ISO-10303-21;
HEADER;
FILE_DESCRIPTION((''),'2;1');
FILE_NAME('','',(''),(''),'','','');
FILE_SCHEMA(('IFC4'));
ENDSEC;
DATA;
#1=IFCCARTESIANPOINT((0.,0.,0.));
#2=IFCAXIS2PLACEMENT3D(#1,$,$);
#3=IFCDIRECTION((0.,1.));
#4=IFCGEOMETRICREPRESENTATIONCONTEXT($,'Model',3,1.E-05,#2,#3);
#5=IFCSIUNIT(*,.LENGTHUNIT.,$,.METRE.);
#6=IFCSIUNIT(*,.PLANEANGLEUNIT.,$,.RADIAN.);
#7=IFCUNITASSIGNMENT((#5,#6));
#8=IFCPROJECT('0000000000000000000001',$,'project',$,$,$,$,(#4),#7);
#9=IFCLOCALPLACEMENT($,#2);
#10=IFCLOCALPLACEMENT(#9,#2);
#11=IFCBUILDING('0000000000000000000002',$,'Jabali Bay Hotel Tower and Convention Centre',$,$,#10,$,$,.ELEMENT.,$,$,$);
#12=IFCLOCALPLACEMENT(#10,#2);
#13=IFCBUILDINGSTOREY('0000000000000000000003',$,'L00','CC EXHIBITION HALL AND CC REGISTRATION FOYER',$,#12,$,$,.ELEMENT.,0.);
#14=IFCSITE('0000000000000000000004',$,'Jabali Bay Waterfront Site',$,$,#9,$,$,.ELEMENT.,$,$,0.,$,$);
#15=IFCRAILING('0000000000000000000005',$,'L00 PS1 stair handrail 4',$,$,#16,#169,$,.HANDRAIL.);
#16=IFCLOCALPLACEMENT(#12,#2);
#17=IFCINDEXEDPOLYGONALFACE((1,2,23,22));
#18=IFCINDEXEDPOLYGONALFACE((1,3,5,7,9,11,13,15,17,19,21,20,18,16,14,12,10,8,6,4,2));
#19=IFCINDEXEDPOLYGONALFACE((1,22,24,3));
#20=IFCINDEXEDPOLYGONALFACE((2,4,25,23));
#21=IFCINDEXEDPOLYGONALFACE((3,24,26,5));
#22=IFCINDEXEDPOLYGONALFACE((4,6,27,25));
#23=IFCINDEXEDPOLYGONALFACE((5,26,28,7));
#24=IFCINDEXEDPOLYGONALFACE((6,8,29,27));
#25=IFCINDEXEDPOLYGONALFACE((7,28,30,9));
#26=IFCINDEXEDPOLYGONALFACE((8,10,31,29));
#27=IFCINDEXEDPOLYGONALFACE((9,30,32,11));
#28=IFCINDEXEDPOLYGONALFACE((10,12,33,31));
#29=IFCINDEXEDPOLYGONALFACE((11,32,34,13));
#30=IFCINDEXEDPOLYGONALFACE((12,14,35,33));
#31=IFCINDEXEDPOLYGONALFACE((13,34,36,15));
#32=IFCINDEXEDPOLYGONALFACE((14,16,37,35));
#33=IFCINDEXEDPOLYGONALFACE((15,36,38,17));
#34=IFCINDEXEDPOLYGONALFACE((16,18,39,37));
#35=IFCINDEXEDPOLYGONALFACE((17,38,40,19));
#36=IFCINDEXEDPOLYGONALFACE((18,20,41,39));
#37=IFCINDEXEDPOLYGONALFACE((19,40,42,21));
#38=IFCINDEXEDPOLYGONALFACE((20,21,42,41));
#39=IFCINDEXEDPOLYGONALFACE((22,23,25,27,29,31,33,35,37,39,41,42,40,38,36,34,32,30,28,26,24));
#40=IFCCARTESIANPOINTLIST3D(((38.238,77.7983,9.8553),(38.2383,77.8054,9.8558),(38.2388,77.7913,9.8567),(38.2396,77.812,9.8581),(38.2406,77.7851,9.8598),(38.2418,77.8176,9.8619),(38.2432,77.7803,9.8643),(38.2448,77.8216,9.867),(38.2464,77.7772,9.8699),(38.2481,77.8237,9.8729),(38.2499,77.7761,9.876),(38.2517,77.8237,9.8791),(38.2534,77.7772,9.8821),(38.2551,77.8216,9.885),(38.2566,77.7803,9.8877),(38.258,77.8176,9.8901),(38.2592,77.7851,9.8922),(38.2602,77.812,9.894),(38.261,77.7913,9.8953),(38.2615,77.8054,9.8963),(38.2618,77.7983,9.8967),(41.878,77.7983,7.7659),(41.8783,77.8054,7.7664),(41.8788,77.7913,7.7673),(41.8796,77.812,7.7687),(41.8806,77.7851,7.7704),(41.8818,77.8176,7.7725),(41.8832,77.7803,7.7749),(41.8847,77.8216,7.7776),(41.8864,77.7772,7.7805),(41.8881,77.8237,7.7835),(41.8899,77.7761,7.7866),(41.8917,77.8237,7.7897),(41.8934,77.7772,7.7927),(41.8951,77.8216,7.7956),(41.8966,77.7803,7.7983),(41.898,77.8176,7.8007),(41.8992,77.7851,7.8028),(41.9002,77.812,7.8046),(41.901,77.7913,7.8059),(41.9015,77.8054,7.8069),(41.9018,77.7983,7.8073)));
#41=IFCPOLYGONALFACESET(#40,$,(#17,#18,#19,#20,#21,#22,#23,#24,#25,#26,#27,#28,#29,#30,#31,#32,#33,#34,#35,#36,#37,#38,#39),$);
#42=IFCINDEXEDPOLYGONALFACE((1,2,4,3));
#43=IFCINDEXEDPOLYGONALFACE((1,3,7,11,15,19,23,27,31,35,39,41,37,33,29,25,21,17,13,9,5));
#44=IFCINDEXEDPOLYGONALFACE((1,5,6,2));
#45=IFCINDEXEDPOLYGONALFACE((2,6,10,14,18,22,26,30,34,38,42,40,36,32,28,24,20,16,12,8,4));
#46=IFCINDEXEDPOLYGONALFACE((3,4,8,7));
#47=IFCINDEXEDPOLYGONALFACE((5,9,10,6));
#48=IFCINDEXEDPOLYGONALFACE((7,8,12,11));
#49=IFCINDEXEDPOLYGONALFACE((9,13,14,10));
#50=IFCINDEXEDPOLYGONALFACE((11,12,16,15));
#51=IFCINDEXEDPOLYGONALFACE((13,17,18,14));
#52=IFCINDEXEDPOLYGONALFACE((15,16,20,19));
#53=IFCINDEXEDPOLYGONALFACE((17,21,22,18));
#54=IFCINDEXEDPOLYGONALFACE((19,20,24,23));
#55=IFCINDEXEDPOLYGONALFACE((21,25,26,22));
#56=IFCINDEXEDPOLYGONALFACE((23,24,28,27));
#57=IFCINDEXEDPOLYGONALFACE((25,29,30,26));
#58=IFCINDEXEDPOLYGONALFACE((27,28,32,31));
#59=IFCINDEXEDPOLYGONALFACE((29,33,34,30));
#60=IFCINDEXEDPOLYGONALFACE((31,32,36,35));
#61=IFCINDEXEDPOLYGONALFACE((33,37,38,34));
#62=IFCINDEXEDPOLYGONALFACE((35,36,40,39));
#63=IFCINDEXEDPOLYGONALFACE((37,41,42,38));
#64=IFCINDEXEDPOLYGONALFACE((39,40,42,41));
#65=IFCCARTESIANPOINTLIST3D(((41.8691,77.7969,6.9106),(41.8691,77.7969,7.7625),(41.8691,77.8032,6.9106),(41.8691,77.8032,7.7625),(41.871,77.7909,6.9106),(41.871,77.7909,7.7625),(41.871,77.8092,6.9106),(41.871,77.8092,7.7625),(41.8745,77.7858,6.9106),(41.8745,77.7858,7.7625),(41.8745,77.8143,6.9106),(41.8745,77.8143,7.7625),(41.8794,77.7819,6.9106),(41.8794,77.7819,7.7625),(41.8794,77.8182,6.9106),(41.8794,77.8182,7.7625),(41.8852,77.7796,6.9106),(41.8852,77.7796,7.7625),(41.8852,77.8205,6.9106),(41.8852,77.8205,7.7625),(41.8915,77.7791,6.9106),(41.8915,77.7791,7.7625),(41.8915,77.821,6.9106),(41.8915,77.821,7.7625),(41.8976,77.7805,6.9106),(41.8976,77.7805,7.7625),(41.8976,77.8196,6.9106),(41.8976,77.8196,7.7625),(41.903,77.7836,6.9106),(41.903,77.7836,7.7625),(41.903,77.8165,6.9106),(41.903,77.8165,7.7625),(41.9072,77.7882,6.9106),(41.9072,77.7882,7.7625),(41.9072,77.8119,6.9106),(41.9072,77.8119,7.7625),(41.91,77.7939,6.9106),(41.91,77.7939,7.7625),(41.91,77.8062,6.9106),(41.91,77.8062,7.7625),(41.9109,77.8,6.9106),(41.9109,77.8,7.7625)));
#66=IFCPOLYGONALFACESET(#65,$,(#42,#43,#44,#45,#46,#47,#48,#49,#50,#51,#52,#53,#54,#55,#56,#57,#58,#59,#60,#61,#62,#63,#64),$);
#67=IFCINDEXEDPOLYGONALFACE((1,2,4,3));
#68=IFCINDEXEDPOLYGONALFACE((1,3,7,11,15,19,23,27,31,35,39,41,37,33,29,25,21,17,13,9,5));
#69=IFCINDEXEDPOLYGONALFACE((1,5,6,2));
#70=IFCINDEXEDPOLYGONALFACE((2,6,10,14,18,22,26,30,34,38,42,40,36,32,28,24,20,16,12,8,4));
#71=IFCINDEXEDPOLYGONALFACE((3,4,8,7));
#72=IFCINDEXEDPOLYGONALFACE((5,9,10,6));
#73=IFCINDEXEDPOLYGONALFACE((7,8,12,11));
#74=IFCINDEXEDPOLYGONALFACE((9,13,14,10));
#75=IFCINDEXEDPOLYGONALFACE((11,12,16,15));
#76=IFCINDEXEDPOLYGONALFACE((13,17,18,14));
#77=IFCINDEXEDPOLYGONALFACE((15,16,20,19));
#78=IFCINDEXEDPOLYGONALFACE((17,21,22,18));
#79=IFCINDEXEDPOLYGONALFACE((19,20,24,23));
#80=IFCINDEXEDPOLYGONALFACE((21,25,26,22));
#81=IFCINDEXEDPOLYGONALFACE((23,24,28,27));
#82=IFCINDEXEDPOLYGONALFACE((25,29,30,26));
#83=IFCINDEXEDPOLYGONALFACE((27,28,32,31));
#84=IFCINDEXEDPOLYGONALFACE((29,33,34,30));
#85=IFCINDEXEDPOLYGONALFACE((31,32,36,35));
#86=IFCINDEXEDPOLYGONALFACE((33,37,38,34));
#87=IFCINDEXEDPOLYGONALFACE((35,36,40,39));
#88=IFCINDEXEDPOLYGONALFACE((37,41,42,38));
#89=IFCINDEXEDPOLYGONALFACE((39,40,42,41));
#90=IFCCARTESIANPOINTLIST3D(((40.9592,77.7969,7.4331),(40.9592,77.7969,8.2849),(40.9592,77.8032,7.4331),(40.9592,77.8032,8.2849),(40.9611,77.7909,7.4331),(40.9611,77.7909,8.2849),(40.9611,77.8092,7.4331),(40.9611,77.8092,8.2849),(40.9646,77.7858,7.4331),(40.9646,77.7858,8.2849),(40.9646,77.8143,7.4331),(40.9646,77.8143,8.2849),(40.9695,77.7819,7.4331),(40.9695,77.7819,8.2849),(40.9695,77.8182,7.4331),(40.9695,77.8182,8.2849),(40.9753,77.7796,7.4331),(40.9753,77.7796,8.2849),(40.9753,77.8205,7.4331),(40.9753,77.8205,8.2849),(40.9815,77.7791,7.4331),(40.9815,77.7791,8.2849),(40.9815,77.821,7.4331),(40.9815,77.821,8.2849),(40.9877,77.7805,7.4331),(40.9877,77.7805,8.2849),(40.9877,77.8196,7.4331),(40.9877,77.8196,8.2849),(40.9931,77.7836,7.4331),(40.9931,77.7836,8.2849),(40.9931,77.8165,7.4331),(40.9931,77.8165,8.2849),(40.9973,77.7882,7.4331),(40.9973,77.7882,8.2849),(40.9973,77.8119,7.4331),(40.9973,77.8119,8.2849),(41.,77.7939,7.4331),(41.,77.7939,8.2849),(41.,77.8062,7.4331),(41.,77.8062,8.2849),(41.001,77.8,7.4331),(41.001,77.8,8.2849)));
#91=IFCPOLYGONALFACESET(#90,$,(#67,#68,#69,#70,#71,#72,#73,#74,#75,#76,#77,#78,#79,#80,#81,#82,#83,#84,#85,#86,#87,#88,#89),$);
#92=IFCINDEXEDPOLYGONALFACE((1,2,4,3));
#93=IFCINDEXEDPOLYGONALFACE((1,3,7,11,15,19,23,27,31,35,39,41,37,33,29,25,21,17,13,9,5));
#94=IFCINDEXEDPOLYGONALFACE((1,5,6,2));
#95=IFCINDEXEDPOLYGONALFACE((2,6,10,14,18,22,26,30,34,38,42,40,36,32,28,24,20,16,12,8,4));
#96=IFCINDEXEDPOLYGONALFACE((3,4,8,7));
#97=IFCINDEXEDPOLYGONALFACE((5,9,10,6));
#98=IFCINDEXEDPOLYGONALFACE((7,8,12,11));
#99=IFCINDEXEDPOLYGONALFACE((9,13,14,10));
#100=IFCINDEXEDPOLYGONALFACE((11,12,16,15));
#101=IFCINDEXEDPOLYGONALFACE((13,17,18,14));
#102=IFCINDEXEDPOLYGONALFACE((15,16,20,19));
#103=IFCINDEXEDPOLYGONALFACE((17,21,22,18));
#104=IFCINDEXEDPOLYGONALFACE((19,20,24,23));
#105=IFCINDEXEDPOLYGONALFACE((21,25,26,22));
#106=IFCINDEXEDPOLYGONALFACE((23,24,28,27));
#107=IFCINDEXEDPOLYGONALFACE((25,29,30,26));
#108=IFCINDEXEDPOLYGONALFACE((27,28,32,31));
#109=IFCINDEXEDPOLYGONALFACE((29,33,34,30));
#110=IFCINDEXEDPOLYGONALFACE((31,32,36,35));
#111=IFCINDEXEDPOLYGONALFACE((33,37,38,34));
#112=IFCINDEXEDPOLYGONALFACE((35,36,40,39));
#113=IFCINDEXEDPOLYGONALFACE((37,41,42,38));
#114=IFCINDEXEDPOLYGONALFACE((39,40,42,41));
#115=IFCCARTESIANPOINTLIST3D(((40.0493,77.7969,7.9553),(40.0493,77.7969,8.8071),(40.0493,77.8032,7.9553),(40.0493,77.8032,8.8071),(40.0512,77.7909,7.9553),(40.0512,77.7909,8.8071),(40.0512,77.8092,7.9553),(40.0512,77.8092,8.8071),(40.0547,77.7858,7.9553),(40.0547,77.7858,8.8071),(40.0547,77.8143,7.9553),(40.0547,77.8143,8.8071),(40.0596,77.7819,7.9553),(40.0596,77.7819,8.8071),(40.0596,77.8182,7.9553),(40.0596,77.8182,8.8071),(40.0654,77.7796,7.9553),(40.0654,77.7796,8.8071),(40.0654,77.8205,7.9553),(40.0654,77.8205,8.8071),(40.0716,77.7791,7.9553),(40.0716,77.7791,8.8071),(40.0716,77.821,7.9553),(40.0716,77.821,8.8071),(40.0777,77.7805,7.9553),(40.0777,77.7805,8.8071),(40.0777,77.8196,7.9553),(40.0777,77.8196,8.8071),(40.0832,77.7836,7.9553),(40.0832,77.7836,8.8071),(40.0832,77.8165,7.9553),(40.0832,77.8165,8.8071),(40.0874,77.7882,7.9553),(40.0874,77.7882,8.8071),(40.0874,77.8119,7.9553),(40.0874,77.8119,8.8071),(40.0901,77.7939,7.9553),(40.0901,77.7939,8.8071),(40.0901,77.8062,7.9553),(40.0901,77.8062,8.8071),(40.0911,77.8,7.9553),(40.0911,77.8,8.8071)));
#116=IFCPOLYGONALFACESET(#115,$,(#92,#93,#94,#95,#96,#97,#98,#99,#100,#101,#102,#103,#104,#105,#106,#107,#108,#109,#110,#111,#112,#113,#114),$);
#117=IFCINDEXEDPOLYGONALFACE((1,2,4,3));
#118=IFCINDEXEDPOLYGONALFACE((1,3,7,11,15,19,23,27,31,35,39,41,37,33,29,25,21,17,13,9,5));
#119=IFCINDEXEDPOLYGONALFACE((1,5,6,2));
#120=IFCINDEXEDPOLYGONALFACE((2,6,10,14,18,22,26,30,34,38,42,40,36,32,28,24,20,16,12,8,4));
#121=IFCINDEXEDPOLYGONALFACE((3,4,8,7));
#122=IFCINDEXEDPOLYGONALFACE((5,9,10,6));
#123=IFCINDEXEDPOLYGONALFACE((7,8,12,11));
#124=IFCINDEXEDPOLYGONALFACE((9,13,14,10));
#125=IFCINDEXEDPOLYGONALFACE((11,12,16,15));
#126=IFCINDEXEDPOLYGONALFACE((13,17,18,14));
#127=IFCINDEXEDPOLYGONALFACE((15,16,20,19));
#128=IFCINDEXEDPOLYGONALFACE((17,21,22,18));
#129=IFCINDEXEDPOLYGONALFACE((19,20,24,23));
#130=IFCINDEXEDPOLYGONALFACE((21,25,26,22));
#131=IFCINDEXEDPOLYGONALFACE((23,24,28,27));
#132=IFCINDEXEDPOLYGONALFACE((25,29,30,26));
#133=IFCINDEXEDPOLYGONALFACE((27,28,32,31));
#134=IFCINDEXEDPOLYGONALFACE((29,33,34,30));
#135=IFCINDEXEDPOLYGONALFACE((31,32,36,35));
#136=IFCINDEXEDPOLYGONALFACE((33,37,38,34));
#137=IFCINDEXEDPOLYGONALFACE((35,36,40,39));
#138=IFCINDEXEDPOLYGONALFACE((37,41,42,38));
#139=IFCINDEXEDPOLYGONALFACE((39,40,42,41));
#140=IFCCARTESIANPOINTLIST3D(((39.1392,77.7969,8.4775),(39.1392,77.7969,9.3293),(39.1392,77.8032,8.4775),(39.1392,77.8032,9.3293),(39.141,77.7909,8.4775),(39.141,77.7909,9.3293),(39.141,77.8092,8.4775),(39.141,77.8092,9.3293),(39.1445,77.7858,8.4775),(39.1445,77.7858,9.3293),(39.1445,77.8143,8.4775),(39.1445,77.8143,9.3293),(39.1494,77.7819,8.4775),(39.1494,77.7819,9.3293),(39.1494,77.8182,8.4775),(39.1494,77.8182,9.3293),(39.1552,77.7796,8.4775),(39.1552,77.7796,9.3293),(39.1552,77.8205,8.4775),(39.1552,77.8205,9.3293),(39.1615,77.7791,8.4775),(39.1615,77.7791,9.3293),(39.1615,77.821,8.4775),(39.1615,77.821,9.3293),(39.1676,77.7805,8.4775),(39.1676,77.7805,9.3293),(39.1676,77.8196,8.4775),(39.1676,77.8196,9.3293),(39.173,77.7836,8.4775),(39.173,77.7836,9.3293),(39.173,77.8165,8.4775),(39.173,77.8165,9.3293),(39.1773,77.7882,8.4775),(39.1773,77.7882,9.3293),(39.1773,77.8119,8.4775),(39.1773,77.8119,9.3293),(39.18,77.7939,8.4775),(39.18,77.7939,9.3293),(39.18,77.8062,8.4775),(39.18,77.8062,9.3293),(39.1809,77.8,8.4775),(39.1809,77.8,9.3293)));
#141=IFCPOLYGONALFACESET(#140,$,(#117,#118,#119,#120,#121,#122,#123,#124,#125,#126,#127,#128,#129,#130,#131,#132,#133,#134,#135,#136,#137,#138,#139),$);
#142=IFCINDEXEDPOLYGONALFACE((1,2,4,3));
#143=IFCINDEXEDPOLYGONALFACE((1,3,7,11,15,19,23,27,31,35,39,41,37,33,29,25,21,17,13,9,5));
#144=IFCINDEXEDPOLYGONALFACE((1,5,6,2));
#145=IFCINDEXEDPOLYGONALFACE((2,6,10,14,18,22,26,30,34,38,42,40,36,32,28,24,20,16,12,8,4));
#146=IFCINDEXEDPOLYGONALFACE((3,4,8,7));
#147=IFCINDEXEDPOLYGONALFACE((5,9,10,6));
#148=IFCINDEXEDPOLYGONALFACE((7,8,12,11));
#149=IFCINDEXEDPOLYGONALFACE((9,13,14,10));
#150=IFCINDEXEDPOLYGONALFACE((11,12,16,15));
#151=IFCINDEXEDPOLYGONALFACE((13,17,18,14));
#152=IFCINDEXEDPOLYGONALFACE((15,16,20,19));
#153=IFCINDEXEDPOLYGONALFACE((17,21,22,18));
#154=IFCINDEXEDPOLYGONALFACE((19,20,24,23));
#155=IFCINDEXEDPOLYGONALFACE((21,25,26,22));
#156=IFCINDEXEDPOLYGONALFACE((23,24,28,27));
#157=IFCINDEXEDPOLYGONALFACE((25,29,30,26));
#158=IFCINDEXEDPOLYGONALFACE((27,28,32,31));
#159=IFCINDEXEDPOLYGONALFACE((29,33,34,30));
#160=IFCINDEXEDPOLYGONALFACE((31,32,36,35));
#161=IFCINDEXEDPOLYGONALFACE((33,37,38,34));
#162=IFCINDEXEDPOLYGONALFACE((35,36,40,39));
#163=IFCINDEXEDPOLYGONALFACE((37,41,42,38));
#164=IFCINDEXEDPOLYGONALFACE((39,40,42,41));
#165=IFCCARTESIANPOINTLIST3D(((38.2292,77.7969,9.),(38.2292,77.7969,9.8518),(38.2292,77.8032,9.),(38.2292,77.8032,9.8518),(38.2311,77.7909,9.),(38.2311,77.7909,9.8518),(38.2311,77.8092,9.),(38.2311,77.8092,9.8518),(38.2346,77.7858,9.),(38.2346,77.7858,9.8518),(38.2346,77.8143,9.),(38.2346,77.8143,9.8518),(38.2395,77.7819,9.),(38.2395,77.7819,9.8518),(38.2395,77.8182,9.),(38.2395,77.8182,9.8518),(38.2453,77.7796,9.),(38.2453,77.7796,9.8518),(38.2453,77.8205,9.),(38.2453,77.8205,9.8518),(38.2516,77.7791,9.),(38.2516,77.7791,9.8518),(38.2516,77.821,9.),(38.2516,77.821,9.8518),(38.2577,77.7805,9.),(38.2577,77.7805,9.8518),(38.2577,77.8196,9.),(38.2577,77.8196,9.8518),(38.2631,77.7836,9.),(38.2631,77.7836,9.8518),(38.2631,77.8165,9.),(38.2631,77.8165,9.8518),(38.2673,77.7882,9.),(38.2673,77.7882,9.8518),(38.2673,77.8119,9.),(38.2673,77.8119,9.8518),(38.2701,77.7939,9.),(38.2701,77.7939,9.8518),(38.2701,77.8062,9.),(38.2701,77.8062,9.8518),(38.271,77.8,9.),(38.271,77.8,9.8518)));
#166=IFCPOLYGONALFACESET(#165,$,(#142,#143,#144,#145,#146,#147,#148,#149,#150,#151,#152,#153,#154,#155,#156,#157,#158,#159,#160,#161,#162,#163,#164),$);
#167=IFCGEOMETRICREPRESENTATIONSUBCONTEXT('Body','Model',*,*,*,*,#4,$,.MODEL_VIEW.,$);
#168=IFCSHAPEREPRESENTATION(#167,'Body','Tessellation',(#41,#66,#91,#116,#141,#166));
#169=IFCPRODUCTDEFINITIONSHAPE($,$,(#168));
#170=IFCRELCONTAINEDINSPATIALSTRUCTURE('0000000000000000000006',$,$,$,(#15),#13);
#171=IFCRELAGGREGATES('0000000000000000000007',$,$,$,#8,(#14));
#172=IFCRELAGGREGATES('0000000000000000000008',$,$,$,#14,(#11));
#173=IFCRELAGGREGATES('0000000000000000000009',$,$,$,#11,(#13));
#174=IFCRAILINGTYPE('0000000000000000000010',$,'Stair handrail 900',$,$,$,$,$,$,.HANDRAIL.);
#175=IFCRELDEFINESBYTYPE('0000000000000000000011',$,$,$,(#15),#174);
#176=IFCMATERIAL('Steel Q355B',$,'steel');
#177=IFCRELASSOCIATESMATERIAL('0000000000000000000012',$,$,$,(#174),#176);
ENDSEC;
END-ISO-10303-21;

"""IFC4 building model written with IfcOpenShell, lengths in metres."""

from ifc_helpers import new_model, si_unit, direction, frame, origin, origin_2d, place, context, subcontext, project, spatial, circle, extrude, material, type_object, element, save


model = new_model("IFC4")

# Units and contexts
model_context = context("Model", 3, precision=1e-05, world=origin(), true_north=direction((0.0, 1.0)))
body_context = subcontext(model_context, "Body", "Model", "MODEL_VIEW")
ifc_project = project(units=[si_unit("LENGTHUNIT", "METRE"), si_unit("PLANEANGLEUNIT", "RADIAN")], contexts=[model_context])

# Site, building, storey
site_placement = place(None, origin())
site = spatial("IfcSite", under=ifc_project, at=site_placement, Name="Jabali Bay Waterfront Site", CompositionType="ELEMENT", RefElevation=0.0)
building_placement = place(site_placement, origin())
building = spatial("IfcBuilding", under=site, at=building_placement, Name="Jabali Bay Hotel Tower and Convention Centre", CompositionType="ELEMENT")
storey_placement = place(building_placement, origin())
storey = spatial("IfcBuildingStorey", under=building, at=storey_placement, Name="L00", Description="CC EXHIBITION HALL AND CC REGISTRATION FOYER", CompositionType="ELEMENT", Elevation=0.0)

# Railing
ifc_material_1 = material(Name="Steel Q355B", Category="steel")
railing_type_1 = type_object("IfcRailingType", Name="Stair handrail 900", PredefinedType="HANDRAIL", material=ifc_material_1)
for number, where, name in (
    (1, (41.8899, 77.8, 6.9106), "L00 PS1 stair handrail 4"),
):
    element("IfcRailing", number, at=place(storey_placement, frame(where)), inside=storey, type_object=railing_type_1, Name=name, PredefinedType="HANDRAIL", context=body_context, shape_type="SweptSolid", body=[
        extrude(circle(Radius=0.0239, at=origin_2d()), frame((0.0, 0.0, 0.876), z_axis=(-0.867275, 0.0, 0.497829), x_axis=(0.0, -1.0, 0.0)), (0.0, 0.0, 1.0), 4.197),
        extrude(circle(Radius=0.021, at=origin_2d()), origin(), (0.0, 0.0, 1.0), 0.8518),
        extrude(circle(Radius=0.021, at=origin_2d()), frame((-0.9099, 0.0, 0.5225)), (0.0, 0.0, 1.0), 0.8518),
        extrude(circle(Radius=0.021, at=origin_2d()), frame((-1.8198, 0.0, 1.0447)), (0.0, 0.0, 1.0), 0.8518),
        extrude(circle(Radius=0.021, at=origin_2d()), frame((-2.73, 0.0, 1.5669)), (0.0, 0.0, 1.0), 0.8518),
        extrude(circle(Radius=0.021, at=origin_2d()), frame((-3.6399, 0.0, 2.0894)), (0.0, 0.0, 1.0), 0.8518),
    ])

save(model, "model.ifc")
